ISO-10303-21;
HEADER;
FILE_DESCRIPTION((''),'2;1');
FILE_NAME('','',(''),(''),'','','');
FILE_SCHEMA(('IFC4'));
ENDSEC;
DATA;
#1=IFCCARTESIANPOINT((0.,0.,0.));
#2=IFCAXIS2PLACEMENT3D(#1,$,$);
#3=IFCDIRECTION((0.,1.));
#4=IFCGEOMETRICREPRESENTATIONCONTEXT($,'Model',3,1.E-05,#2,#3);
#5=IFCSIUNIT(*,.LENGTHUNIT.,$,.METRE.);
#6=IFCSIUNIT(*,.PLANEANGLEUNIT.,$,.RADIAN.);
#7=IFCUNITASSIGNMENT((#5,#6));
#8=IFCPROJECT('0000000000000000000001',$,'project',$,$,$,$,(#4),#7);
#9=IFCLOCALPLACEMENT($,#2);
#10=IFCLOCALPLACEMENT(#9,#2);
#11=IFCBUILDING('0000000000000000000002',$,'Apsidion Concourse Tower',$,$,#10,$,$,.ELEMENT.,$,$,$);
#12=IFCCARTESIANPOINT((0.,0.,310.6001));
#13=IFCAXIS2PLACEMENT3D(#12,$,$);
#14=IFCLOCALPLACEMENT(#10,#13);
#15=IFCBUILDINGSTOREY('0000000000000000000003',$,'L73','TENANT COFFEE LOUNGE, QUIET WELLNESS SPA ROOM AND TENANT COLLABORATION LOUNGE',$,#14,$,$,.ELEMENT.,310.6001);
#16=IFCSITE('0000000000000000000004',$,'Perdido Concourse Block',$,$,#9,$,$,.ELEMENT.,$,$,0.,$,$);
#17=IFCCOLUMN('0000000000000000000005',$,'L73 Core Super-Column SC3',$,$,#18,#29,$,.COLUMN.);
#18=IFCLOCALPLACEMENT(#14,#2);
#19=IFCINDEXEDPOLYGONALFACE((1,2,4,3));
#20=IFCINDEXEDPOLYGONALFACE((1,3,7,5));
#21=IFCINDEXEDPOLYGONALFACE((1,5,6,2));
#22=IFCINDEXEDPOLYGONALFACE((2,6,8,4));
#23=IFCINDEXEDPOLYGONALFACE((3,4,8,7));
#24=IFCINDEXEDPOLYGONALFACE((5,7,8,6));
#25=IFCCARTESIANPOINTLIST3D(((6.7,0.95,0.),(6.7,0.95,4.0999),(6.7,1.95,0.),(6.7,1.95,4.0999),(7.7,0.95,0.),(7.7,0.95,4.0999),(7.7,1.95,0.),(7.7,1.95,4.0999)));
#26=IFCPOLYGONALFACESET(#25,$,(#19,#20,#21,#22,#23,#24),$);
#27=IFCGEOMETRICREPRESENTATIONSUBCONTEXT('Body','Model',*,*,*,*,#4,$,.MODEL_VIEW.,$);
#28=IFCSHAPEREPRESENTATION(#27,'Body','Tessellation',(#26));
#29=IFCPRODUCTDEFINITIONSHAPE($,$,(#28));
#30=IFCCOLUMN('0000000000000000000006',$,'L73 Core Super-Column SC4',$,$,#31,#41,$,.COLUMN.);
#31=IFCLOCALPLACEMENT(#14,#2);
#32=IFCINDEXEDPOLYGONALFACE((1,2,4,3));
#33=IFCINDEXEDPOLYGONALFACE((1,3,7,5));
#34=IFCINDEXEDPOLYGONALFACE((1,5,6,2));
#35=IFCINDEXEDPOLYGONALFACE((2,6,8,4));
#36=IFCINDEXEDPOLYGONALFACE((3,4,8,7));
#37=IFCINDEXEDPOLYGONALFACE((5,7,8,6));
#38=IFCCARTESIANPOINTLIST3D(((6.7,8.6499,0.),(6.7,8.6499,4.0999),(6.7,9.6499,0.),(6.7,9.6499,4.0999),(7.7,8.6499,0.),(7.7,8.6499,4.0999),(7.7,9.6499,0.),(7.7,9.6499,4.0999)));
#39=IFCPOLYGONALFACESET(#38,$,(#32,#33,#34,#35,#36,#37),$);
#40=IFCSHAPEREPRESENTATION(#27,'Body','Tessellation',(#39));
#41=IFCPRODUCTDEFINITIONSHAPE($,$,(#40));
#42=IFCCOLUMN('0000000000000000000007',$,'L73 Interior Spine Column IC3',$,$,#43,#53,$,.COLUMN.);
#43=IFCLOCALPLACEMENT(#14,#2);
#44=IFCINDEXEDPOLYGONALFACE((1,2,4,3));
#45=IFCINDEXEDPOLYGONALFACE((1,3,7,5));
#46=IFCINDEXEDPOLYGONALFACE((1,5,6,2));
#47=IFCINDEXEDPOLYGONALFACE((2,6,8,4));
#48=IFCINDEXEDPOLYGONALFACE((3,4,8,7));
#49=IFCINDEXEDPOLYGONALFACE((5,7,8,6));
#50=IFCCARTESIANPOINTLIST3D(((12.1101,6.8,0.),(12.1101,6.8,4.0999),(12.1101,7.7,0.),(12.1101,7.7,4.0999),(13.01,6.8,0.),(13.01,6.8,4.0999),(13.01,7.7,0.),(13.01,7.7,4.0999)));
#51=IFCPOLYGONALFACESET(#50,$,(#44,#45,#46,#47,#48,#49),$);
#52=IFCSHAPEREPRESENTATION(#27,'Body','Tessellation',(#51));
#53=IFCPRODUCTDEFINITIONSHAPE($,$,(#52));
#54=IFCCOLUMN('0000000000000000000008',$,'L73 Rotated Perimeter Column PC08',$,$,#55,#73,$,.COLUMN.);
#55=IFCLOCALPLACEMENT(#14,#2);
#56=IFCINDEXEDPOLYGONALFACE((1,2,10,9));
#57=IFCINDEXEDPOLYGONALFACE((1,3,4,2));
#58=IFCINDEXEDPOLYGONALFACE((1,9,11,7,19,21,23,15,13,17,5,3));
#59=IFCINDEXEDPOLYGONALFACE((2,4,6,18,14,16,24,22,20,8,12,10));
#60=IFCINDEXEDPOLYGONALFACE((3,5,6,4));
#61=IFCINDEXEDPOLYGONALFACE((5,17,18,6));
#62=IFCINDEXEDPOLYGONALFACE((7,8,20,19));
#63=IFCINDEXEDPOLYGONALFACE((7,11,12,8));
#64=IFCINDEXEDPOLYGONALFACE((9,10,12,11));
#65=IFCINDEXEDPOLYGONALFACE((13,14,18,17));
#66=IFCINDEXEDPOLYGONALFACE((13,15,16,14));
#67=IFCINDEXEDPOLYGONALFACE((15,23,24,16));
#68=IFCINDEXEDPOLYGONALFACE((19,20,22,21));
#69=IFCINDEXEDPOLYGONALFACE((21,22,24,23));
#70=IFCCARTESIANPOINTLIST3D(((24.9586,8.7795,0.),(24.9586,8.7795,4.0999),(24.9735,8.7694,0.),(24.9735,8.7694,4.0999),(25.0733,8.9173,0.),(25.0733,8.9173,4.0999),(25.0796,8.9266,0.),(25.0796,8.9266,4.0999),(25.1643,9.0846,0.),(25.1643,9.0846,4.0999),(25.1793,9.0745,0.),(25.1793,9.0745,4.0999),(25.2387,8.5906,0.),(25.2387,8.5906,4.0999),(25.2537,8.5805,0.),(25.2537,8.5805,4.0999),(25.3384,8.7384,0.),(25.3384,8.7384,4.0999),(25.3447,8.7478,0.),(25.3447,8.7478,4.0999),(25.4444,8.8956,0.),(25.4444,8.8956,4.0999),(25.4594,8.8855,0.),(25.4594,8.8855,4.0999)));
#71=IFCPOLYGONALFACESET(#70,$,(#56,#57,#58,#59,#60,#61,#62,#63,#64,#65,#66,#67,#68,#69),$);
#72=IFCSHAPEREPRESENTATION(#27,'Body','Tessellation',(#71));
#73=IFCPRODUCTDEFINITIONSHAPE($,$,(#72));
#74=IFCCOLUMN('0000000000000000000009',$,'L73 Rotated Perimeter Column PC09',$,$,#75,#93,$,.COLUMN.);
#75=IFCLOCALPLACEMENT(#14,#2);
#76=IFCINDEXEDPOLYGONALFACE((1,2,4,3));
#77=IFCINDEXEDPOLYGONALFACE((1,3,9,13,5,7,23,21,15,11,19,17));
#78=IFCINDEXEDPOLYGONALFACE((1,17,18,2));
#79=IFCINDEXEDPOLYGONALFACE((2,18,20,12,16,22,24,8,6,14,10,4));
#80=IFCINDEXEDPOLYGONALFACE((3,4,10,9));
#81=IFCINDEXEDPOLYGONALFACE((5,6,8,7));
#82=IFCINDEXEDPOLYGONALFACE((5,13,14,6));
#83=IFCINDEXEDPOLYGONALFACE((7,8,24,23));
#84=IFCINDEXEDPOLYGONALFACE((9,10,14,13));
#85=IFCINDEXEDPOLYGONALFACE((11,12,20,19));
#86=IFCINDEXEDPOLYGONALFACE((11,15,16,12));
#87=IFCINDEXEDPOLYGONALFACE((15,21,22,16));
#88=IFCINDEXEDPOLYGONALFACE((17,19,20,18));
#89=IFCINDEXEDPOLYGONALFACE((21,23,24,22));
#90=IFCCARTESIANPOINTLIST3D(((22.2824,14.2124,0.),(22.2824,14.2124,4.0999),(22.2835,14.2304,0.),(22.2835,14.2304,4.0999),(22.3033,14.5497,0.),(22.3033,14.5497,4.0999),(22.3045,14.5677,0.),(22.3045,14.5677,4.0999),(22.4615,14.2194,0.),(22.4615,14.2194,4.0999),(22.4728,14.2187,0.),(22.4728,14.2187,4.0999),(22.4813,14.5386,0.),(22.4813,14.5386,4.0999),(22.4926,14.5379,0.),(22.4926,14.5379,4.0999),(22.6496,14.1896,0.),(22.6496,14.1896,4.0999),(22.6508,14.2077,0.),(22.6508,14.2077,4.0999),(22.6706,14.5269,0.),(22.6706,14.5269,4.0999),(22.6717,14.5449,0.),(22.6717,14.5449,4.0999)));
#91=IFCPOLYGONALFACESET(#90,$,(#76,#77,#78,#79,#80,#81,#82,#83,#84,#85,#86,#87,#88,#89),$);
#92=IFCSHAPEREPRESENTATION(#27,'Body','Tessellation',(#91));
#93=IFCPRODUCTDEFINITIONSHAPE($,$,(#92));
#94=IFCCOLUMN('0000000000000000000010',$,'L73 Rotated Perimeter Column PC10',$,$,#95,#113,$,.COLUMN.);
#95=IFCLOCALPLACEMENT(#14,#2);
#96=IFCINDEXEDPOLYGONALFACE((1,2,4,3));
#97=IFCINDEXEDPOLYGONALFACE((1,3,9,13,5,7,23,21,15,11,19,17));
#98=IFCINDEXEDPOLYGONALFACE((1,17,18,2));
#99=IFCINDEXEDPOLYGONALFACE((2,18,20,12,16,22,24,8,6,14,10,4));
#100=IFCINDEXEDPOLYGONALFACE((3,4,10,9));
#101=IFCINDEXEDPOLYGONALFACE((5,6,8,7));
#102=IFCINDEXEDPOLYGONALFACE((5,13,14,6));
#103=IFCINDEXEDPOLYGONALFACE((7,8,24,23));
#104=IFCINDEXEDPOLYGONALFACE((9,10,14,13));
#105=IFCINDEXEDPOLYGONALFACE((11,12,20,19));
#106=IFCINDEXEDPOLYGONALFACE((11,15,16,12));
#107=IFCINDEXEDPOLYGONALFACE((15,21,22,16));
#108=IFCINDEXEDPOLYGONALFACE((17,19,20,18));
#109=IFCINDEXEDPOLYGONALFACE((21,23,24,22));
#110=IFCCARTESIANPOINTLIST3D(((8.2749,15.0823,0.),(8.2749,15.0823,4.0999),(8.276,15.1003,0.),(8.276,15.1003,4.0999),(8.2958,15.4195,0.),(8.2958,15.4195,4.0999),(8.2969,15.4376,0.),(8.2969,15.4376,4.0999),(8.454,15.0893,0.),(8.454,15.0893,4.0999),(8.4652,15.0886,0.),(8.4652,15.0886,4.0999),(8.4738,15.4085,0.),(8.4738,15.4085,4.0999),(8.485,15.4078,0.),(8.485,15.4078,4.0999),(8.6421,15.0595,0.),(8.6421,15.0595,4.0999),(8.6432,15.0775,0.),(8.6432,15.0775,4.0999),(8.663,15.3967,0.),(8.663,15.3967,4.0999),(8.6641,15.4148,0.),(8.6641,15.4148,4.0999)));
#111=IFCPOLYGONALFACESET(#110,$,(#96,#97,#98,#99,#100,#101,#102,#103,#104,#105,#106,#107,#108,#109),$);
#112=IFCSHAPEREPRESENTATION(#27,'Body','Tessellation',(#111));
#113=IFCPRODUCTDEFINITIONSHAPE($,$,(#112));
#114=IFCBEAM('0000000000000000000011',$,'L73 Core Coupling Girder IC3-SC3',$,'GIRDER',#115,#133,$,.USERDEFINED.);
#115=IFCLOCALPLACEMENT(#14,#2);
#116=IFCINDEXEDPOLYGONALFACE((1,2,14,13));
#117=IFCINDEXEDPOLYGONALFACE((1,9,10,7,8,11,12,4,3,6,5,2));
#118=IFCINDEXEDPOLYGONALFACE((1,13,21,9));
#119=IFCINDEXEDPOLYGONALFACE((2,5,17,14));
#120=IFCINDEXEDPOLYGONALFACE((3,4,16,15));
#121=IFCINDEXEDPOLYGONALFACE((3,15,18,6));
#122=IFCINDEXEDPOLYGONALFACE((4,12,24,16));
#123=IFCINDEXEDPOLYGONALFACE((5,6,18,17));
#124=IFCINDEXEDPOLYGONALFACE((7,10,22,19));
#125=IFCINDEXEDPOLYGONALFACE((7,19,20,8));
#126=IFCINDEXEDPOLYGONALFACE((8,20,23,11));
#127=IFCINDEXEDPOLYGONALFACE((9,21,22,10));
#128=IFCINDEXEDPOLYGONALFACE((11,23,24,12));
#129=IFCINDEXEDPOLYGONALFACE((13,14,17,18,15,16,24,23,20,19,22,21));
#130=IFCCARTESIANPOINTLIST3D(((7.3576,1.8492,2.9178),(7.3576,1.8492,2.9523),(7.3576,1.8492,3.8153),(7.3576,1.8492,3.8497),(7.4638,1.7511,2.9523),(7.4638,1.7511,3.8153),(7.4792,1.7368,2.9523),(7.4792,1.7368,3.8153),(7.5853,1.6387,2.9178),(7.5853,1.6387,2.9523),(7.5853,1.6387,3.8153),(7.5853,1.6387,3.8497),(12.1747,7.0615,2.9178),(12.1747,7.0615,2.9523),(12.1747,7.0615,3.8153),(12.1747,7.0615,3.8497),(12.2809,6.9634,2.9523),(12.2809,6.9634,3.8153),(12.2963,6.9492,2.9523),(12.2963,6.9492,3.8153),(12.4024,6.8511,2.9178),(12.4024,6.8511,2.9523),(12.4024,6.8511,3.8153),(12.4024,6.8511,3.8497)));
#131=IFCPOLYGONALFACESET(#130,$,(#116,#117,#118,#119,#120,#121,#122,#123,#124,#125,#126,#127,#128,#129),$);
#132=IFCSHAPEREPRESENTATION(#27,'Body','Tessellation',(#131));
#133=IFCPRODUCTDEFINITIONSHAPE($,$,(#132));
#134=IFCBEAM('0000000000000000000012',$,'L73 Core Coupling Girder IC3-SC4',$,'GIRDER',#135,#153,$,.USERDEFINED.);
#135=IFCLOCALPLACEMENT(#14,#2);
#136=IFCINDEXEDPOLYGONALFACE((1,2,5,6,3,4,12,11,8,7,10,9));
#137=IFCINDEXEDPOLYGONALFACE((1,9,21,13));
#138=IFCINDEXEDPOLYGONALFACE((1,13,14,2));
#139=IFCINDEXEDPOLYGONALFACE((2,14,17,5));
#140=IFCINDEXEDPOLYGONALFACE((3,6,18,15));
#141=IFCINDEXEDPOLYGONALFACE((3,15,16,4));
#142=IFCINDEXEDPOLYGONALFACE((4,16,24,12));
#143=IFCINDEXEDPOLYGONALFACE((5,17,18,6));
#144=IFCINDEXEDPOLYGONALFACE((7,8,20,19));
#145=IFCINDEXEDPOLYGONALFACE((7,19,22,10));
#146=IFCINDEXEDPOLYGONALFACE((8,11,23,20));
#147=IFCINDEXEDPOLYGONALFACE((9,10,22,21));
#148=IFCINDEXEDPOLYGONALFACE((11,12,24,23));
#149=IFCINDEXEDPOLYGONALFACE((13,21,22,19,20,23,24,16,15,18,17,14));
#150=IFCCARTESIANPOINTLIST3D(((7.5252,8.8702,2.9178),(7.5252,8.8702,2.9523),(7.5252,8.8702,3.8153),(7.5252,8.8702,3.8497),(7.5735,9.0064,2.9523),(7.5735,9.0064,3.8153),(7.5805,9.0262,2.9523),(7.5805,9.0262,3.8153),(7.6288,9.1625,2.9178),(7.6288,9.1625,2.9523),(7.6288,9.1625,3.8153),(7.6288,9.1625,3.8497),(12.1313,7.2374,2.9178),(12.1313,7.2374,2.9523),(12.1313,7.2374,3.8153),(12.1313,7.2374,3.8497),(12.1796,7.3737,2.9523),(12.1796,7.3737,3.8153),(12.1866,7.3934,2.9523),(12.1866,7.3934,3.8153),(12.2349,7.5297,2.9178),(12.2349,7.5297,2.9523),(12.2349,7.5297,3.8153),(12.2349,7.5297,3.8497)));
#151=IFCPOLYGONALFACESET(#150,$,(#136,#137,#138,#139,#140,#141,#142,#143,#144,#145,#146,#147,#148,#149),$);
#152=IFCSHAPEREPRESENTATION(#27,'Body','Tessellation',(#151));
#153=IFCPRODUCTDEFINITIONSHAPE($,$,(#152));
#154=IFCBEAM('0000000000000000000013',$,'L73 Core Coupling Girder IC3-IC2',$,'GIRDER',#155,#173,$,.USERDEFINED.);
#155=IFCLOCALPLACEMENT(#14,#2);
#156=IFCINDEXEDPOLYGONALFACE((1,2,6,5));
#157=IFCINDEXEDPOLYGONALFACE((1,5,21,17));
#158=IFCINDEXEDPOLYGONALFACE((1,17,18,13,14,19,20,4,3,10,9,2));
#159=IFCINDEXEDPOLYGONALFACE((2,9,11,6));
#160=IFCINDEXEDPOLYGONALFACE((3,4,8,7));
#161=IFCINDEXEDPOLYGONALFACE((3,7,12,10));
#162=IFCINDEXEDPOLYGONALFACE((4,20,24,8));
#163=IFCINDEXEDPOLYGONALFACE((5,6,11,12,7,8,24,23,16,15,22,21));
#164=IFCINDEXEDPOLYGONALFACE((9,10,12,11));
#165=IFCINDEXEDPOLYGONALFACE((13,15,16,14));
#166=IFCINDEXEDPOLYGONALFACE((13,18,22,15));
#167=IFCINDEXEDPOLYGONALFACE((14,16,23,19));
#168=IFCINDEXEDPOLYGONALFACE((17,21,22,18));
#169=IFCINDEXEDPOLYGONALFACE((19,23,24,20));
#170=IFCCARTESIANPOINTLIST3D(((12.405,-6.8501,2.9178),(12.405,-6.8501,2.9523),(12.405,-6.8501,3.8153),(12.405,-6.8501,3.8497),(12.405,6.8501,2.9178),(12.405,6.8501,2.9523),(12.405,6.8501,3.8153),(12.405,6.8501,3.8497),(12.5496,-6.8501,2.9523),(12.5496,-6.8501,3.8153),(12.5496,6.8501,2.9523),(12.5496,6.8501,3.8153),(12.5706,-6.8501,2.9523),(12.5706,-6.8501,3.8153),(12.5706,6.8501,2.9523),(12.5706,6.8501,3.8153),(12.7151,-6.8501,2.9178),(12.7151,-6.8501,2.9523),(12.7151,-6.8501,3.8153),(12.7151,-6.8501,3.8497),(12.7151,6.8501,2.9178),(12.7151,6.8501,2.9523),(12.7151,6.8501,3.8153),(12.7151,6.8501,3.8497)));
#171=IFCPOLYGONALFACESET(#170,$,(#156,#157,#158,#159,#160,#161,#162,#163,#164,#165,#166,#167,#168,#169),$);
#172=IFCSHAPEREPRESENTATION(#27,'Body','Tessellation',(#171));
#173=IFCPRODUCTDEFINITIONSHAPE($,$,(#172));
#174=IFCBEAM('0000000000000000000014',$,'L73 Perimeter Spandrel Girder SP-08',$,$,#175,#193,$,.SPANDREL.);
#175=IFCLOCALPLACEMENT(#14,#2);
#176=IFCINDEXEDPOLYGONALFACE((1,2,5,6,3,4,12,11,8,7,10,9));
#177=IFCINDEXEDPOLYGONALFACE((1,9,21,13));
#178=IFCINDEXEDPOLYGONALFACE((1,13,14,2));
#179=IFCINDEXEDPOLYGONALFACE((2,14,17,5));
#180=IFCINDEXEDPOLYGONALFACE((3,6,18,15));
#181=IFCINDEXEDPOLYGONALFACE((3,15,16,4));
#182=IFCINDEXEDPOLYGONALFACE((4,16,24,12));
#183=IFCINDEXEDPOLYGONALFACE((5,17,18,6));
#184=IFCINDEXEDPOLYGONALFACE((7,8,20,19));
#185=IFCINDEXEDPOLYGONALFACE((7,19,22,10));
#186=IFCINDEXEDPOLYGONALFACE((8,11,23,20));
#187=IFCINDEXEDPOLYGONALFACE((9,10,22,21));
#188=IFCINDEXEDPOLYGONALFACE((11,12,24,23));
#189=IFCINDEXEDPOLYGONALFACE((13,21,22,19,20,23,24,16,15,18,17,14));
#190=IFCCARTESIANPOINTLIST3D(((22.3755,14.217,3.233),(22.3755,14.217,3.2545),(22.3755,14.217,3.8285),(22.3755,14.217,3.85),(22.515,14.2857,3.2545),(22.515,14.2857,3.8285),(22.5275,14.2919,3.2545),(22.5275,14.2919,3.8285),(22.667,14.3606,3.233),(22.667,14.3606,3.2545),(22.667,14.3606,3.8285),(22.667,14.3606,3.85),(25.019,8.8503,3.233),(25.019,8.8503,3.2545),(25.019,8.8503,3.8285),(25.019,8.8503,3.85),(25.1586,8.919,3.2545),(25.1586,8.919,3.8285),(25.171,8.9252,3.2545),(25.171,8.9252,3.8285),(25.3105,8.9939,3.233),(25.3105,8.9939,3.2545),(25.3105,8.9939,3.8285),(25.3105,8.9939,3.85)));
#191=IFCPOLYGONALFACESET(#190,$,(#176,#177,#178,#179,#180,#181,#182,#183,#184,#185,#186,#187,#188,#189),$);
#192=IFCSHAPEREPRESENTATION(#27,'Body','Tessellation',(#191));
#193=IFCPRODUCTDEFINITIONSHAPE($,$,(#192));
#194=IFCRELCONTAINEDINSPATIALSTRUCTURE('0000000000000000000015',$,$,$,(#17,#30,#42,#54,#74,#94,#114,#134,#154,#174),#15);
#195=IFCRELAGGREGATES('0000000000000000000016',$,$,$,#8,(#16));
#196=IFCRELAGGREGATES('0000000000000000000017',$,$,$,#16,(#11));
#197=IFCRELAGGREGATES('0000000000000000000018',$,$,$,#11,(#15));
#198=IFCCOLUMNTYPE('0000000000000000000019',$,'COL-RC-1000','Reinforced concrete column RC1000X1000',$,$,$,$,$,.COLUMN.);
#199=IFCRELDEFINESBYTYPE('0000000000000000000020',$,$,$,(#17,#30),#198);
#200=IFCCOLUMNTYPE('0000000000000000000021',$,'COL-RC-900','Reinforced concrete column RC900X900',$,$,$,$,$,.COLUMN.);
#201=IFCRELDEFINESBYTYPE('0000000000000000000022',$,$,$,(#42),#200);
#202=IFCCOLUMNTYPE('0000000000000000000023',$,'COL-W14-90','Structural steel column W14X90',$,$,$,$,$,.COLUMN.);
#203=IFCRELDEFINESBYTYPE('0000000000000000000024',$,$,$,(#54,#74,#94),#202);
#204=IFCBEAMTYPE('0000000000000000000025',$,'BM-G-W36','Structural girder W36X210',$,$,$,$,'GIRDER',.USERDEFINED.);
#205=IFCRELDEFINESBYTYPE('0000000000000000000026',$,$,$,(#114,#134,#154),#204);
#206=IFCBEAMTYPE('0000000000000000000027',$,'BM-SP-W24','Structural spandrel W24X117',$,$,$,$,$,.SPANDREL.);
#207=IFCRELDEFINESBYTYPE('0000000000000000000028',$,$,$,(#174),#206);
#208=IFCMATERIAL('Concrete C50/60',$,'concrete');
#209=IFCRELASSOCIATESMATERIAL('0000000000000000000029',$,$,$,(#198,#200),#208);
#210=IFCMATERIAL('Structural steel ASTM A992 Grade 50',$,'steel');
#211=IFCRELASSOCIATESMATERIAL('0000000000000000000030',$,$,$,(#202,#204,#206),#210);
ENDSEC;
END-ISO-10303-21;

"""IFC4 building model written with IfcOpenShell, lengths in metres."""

from ifc_helpers import new_model, si_unit, direction, frame, origin, origin_2d, place, context, subcontext, project, spatial, rectangle, i_section, extrude, material, material_profile, profile_set, type_object, element, save


model = new_model("IFC4")

# Units and contexts
model_context = context("Model", 3, precision=1e-05, world=origin(), true_north=direction((0.0, 1.0)))
body_context = subcontext(model_context, "Body", "Model", "MODEL_VIEW")
ifc_project = project(units=[si_unit("LENGTHUNIT", "METRE"), si_unit("PLANEANGLEUNIT", "RADIAN")], contexts=[model_context])

# Site, building, storey
site_placement = place(None, origin())
site = spatial("IfcSite", under=ifc_project, at=site_placement, Name="Perdido Concourse Block", CompositionType="ELEMENT", RefElevation=0.0)
building_placement = place(site_placement, origin())
building = spatial("IfcBuilding", under=site, at=building_placement, Name="Apsidion Concourse Tower", CompositionType="ELEMENT")
storey_placement = place(building_placement, frame((0.0, 0.0, 310.6001)))
storey = spatial("IfcBuildingStorey", under=building, at=storey_placement, Name="L73", Description="TENANT COFFEE LOUNGE, QUIET WELLNESS SPA ROOM AND TENANT COLLABORATION LOUNGE", CompositionType="ELEMENT", Elevation=310.6001)

# Columns
ifc_material_1 = material(Name="Concrete C50/60", Category="concrete")
ifc_material_profile_1 = material_profile(ifc_material_1, rectangle(XDim=1.0, YDim=1.0, at=origin_2d()), Name="RC 1000x1000")
ifc_profile_set_1 = profile_set([ifc_material_profile_1], Name="Concrete C50/60")
column_type_1 = type_object("IfcColumnType", Name="COL-RC-1000", Description="Reinforced concrete column RC1000X1000", PredefinedType="COLUMN", material=ifc_profile_set_1)
for number, where, z_axis, x_axis, name in (
    (1, (7.2, 1.45, 0.0), (0.0, 0.0, 1.0), (1.0, 0.0, 0.0), "L73 Core Super-Column SC3"),
    (2, (7.2, 9.1499, 0.0), (0.0, 0.0, 1.0), (1.0, 0.0, 0.0), "L73 Core Super-Column SC4"),
):
    element("IfcColumn", number, at=place(storey_placement, frame(where, z_axis=z_axis, x_axis=x_axis)), inside=storey, type_object=column_type_1, Name=name, PredefinedType="COLUMN", context=body_context, shape_type="SweptSolid", body=[
        extrude(rectangle(XDim=1.0, YDim=1.0, at=origin_2d()), origin(), (0.0, 0.0, 1.0), 4.0999),
    ])
ifc_material_profile_2 = material_profile(ifc_material_1, rectangle(XDim=0.8999, YDim=0.8999, at=origin_2d()), Name="RC 900x900")
ifc_profile_set_2 = profile_set([ifc_material_profile_2], Name="Concrete C50/60")
column_type_2 = type_object("IfcColumnType", Name="COL-RC-900", Description="Reinforced concrete column RC900X900", PredefinedType="COLUMN", material=ifc_profile_set_2)
column_placement = place(storey_placement, frame((12.5601, 7.25, 0.0), z_axis=(0.0, 0.0, 1.0), x_axis=(1.0, 0.0, 0.0)))
element("IfcColumn", 3, at=column_placement, inside=storey, type_object=column_type_2, Name="L73 Interior Spine Column IC3", PredefinedType="COLUMN", context=body_context, shape_type="SweptSolid", body=[
    extrude(rectangle(XDim=0.8999, YDim=0.8999, at=origin_2d()), origin(), (0.0, 0.0, 1.0), 4.0999),
])
ifc_material_2 = material(Name="Structural steel ASTM A992 Grade 50", Category="steel")
ifc_material_profile_3 = material_profile(ifc_material_2, i_section(OverallWidth=0.3679, OverallDepth=0.356, WebThickness=0.0112, FlangeThickness=0.0181, at=origin_2d()), Name="W14X90")
ifc_profile_set_3 = profile_set([ifc_material_profile_3], Name="Structural steel ASTM A992 Grade 50")
column_type_3 = type_object("IfcColumnType", Name="COL-W14-90", Description="Structural steel column W14X90", PredefinedType="COLUMN", material=ifc_profile_set_3)
for number, where, z_axis, x_axis, name in (
    (4, (25.209, 8.8325, 0.0), (0.0, 0.0, 1.0), (0.559193, 0.829038, 0.0), "L73 Rotated Perimeter Column PC08"),
    (5, (22.4771, 14.3787, 0.0), (0.0, 0.0, 1.0), (-0.998081, 0.06192, 0.0), "L73 Rotated Perimeter Column PC09"),
    (6, (8.4695, 15.2485, 0.0), (0.0, 0.0, 1.0), (-0.998081, 0.06192, 0.0), "L73 Rotated Perimeter Column PC10"),
):
    element("IfcColumn", number, at=place(storey_placement, frame(where, z_axis=z_axis, x_axis=x_axis)), inside=storey, type_object=column_type_3, Name=name, PredefinedType="COLUMN", context=body_context, shape_type="SweptSolid", body=[
        extrude(i_section(OverallWidth=0.3679, OverallDepth=0.356, WebThickness=0.0112, FlangeThickness=0.0181, at=origin_2d()), origin(), (0.0, 0.0, 1.0), 4.0999),
    ])

# Beams
ifc_material_profile_4 = material_profile(ifc_material_2, i_section(OverallWidth=0.3101, OverallDepth=0.9319, WebThickness=0.021, FlangeThickness=0.0344, at=origin_2d()), Name="W36X210")
ifc_profile_set_4 = profile_set([ifc_material_profile_4], Name="Structural steel ASTM A992 Grade 50")
beam_type_1 = type_object("IfcBeamType", Name="BM-G-W36", Description="Structural girder W36X210", ElementType="GIRDER", PredefinedType="USERDEFINED", material=ifc_profile_set_4)
beam_1_placement = place(storey_placement, frame((12.2886, 6.9563, 3.3838), z_axis=(-0.678713, -0.734404, 0.0), x_axis=(0.734404, -0.678713, 0.0)))
element("IfcBeam", 7, at=beam_1_placement, inside=storey, type_object=beam_type_1, Name="L73 Core Coupling Girder IC3-SC3", ObjectType="GIRDER", PredefinedType="USERDEFINED", context=body_context, shape_type="SweptSolid", body=[
    extrude(i_section(OverallWidth=0.3101, OverallDepth=0.9319, WebThickness=0.021, FlangeThickness=0.0344, at=origin_2d()), origin(), (0.0, 0.0, 1.0), 7.0974),
])
beam_2_placement = place(storey_placement, frame((12.1831, 7.3835, 3.3838), z_axis=(-0.942534, 0.334111, 0.0), x_axis=(-0.334111, -0.942534, 0.0)))
element("IfcBeam", 8, at=beam_2_placement, inside=storey, type_object=beam_type_1, Name="L73 Core Coupling Girder IC3-SC4", ObjectType="GIRDER", PredefinedType="USERDEFINED", context=body_context, shape_type="SweptSolid", body=[
    extrude(i_section(OverallWidth=0.3101, OverallDepth=0.9319, WebThickness=0.021, FlangeThickness=0.0344, at=origin_2d()), origin(), (0.0, 0.0, 1.0), 4.887),
])
beam_3_placement = place(storey_placement, frame((12.5601, 6.8501, 3.3838), z_axis=(0.0, -1.0, 0.0), x_axis=(1.0, 0.0, 0.0)))
element("IfcBeam", 9, at=beam_3_placement, inside=storey, type_object=beam_type_1, Name="L73 Core Coupling Girder IC3-IC2", ObjectType="GIRDER", PredefinedType="USERDEFINED", context=body_context, shape_type="SweptSolid", body=[
    extrude(i_section(OverallWidth=0.3101, OverallDepth=0.9319, WebThickness=0.021, FlangeThickness=0.0344, at=origin_2d()), origin(), (0.0, 0.0, 1.0), 13.7002),
])
ifc_material_profile_5 = material_profile(ifc_material_2, i_section(OverallWidth=0.325, OverallDepth=0.6169, WebThickness=0.0139, FlangeThickness=0.0215, at=origin_2d()), Name="W24X117")
ifc_profile_set_5 = profile_set([ifc_material_profile_5], Name="Structural steel ASTM A992 Grade 50")
beam_type_2 = type_object("IfcBeamType", Name="BM-SP-W24", Description="Structural spandrel W24X117", PredefinedType="SPANDREL", material=ifc_profile_set_5)
beam_4_placement = place(storey_placement, frame((25.1648, 8.9221, 3.5415), z_axis=(-0.441884, 0.897072, 0.0), x_axis=(-0.897072, -0.441884, 0.0)))
element("IfcBeam", 10, at=beam_4_placement, inside=storey, type_object=beam_type_2, Name="L73 Perimeter Spandrel Girder SP-08", PredefinedType="SPANDREL", context=body_context, shape_type="SweptSolid", body=[
    extrude(i_section(OverallWidth=0.325, OverallDepth=0.6169, WebThickness=0.0139, FlangeThickness=0.0215, at=origin_2d()), origin(), (0.0, 0.0, 1.0), 5.9824),
])

save(model, "model.ifc")
